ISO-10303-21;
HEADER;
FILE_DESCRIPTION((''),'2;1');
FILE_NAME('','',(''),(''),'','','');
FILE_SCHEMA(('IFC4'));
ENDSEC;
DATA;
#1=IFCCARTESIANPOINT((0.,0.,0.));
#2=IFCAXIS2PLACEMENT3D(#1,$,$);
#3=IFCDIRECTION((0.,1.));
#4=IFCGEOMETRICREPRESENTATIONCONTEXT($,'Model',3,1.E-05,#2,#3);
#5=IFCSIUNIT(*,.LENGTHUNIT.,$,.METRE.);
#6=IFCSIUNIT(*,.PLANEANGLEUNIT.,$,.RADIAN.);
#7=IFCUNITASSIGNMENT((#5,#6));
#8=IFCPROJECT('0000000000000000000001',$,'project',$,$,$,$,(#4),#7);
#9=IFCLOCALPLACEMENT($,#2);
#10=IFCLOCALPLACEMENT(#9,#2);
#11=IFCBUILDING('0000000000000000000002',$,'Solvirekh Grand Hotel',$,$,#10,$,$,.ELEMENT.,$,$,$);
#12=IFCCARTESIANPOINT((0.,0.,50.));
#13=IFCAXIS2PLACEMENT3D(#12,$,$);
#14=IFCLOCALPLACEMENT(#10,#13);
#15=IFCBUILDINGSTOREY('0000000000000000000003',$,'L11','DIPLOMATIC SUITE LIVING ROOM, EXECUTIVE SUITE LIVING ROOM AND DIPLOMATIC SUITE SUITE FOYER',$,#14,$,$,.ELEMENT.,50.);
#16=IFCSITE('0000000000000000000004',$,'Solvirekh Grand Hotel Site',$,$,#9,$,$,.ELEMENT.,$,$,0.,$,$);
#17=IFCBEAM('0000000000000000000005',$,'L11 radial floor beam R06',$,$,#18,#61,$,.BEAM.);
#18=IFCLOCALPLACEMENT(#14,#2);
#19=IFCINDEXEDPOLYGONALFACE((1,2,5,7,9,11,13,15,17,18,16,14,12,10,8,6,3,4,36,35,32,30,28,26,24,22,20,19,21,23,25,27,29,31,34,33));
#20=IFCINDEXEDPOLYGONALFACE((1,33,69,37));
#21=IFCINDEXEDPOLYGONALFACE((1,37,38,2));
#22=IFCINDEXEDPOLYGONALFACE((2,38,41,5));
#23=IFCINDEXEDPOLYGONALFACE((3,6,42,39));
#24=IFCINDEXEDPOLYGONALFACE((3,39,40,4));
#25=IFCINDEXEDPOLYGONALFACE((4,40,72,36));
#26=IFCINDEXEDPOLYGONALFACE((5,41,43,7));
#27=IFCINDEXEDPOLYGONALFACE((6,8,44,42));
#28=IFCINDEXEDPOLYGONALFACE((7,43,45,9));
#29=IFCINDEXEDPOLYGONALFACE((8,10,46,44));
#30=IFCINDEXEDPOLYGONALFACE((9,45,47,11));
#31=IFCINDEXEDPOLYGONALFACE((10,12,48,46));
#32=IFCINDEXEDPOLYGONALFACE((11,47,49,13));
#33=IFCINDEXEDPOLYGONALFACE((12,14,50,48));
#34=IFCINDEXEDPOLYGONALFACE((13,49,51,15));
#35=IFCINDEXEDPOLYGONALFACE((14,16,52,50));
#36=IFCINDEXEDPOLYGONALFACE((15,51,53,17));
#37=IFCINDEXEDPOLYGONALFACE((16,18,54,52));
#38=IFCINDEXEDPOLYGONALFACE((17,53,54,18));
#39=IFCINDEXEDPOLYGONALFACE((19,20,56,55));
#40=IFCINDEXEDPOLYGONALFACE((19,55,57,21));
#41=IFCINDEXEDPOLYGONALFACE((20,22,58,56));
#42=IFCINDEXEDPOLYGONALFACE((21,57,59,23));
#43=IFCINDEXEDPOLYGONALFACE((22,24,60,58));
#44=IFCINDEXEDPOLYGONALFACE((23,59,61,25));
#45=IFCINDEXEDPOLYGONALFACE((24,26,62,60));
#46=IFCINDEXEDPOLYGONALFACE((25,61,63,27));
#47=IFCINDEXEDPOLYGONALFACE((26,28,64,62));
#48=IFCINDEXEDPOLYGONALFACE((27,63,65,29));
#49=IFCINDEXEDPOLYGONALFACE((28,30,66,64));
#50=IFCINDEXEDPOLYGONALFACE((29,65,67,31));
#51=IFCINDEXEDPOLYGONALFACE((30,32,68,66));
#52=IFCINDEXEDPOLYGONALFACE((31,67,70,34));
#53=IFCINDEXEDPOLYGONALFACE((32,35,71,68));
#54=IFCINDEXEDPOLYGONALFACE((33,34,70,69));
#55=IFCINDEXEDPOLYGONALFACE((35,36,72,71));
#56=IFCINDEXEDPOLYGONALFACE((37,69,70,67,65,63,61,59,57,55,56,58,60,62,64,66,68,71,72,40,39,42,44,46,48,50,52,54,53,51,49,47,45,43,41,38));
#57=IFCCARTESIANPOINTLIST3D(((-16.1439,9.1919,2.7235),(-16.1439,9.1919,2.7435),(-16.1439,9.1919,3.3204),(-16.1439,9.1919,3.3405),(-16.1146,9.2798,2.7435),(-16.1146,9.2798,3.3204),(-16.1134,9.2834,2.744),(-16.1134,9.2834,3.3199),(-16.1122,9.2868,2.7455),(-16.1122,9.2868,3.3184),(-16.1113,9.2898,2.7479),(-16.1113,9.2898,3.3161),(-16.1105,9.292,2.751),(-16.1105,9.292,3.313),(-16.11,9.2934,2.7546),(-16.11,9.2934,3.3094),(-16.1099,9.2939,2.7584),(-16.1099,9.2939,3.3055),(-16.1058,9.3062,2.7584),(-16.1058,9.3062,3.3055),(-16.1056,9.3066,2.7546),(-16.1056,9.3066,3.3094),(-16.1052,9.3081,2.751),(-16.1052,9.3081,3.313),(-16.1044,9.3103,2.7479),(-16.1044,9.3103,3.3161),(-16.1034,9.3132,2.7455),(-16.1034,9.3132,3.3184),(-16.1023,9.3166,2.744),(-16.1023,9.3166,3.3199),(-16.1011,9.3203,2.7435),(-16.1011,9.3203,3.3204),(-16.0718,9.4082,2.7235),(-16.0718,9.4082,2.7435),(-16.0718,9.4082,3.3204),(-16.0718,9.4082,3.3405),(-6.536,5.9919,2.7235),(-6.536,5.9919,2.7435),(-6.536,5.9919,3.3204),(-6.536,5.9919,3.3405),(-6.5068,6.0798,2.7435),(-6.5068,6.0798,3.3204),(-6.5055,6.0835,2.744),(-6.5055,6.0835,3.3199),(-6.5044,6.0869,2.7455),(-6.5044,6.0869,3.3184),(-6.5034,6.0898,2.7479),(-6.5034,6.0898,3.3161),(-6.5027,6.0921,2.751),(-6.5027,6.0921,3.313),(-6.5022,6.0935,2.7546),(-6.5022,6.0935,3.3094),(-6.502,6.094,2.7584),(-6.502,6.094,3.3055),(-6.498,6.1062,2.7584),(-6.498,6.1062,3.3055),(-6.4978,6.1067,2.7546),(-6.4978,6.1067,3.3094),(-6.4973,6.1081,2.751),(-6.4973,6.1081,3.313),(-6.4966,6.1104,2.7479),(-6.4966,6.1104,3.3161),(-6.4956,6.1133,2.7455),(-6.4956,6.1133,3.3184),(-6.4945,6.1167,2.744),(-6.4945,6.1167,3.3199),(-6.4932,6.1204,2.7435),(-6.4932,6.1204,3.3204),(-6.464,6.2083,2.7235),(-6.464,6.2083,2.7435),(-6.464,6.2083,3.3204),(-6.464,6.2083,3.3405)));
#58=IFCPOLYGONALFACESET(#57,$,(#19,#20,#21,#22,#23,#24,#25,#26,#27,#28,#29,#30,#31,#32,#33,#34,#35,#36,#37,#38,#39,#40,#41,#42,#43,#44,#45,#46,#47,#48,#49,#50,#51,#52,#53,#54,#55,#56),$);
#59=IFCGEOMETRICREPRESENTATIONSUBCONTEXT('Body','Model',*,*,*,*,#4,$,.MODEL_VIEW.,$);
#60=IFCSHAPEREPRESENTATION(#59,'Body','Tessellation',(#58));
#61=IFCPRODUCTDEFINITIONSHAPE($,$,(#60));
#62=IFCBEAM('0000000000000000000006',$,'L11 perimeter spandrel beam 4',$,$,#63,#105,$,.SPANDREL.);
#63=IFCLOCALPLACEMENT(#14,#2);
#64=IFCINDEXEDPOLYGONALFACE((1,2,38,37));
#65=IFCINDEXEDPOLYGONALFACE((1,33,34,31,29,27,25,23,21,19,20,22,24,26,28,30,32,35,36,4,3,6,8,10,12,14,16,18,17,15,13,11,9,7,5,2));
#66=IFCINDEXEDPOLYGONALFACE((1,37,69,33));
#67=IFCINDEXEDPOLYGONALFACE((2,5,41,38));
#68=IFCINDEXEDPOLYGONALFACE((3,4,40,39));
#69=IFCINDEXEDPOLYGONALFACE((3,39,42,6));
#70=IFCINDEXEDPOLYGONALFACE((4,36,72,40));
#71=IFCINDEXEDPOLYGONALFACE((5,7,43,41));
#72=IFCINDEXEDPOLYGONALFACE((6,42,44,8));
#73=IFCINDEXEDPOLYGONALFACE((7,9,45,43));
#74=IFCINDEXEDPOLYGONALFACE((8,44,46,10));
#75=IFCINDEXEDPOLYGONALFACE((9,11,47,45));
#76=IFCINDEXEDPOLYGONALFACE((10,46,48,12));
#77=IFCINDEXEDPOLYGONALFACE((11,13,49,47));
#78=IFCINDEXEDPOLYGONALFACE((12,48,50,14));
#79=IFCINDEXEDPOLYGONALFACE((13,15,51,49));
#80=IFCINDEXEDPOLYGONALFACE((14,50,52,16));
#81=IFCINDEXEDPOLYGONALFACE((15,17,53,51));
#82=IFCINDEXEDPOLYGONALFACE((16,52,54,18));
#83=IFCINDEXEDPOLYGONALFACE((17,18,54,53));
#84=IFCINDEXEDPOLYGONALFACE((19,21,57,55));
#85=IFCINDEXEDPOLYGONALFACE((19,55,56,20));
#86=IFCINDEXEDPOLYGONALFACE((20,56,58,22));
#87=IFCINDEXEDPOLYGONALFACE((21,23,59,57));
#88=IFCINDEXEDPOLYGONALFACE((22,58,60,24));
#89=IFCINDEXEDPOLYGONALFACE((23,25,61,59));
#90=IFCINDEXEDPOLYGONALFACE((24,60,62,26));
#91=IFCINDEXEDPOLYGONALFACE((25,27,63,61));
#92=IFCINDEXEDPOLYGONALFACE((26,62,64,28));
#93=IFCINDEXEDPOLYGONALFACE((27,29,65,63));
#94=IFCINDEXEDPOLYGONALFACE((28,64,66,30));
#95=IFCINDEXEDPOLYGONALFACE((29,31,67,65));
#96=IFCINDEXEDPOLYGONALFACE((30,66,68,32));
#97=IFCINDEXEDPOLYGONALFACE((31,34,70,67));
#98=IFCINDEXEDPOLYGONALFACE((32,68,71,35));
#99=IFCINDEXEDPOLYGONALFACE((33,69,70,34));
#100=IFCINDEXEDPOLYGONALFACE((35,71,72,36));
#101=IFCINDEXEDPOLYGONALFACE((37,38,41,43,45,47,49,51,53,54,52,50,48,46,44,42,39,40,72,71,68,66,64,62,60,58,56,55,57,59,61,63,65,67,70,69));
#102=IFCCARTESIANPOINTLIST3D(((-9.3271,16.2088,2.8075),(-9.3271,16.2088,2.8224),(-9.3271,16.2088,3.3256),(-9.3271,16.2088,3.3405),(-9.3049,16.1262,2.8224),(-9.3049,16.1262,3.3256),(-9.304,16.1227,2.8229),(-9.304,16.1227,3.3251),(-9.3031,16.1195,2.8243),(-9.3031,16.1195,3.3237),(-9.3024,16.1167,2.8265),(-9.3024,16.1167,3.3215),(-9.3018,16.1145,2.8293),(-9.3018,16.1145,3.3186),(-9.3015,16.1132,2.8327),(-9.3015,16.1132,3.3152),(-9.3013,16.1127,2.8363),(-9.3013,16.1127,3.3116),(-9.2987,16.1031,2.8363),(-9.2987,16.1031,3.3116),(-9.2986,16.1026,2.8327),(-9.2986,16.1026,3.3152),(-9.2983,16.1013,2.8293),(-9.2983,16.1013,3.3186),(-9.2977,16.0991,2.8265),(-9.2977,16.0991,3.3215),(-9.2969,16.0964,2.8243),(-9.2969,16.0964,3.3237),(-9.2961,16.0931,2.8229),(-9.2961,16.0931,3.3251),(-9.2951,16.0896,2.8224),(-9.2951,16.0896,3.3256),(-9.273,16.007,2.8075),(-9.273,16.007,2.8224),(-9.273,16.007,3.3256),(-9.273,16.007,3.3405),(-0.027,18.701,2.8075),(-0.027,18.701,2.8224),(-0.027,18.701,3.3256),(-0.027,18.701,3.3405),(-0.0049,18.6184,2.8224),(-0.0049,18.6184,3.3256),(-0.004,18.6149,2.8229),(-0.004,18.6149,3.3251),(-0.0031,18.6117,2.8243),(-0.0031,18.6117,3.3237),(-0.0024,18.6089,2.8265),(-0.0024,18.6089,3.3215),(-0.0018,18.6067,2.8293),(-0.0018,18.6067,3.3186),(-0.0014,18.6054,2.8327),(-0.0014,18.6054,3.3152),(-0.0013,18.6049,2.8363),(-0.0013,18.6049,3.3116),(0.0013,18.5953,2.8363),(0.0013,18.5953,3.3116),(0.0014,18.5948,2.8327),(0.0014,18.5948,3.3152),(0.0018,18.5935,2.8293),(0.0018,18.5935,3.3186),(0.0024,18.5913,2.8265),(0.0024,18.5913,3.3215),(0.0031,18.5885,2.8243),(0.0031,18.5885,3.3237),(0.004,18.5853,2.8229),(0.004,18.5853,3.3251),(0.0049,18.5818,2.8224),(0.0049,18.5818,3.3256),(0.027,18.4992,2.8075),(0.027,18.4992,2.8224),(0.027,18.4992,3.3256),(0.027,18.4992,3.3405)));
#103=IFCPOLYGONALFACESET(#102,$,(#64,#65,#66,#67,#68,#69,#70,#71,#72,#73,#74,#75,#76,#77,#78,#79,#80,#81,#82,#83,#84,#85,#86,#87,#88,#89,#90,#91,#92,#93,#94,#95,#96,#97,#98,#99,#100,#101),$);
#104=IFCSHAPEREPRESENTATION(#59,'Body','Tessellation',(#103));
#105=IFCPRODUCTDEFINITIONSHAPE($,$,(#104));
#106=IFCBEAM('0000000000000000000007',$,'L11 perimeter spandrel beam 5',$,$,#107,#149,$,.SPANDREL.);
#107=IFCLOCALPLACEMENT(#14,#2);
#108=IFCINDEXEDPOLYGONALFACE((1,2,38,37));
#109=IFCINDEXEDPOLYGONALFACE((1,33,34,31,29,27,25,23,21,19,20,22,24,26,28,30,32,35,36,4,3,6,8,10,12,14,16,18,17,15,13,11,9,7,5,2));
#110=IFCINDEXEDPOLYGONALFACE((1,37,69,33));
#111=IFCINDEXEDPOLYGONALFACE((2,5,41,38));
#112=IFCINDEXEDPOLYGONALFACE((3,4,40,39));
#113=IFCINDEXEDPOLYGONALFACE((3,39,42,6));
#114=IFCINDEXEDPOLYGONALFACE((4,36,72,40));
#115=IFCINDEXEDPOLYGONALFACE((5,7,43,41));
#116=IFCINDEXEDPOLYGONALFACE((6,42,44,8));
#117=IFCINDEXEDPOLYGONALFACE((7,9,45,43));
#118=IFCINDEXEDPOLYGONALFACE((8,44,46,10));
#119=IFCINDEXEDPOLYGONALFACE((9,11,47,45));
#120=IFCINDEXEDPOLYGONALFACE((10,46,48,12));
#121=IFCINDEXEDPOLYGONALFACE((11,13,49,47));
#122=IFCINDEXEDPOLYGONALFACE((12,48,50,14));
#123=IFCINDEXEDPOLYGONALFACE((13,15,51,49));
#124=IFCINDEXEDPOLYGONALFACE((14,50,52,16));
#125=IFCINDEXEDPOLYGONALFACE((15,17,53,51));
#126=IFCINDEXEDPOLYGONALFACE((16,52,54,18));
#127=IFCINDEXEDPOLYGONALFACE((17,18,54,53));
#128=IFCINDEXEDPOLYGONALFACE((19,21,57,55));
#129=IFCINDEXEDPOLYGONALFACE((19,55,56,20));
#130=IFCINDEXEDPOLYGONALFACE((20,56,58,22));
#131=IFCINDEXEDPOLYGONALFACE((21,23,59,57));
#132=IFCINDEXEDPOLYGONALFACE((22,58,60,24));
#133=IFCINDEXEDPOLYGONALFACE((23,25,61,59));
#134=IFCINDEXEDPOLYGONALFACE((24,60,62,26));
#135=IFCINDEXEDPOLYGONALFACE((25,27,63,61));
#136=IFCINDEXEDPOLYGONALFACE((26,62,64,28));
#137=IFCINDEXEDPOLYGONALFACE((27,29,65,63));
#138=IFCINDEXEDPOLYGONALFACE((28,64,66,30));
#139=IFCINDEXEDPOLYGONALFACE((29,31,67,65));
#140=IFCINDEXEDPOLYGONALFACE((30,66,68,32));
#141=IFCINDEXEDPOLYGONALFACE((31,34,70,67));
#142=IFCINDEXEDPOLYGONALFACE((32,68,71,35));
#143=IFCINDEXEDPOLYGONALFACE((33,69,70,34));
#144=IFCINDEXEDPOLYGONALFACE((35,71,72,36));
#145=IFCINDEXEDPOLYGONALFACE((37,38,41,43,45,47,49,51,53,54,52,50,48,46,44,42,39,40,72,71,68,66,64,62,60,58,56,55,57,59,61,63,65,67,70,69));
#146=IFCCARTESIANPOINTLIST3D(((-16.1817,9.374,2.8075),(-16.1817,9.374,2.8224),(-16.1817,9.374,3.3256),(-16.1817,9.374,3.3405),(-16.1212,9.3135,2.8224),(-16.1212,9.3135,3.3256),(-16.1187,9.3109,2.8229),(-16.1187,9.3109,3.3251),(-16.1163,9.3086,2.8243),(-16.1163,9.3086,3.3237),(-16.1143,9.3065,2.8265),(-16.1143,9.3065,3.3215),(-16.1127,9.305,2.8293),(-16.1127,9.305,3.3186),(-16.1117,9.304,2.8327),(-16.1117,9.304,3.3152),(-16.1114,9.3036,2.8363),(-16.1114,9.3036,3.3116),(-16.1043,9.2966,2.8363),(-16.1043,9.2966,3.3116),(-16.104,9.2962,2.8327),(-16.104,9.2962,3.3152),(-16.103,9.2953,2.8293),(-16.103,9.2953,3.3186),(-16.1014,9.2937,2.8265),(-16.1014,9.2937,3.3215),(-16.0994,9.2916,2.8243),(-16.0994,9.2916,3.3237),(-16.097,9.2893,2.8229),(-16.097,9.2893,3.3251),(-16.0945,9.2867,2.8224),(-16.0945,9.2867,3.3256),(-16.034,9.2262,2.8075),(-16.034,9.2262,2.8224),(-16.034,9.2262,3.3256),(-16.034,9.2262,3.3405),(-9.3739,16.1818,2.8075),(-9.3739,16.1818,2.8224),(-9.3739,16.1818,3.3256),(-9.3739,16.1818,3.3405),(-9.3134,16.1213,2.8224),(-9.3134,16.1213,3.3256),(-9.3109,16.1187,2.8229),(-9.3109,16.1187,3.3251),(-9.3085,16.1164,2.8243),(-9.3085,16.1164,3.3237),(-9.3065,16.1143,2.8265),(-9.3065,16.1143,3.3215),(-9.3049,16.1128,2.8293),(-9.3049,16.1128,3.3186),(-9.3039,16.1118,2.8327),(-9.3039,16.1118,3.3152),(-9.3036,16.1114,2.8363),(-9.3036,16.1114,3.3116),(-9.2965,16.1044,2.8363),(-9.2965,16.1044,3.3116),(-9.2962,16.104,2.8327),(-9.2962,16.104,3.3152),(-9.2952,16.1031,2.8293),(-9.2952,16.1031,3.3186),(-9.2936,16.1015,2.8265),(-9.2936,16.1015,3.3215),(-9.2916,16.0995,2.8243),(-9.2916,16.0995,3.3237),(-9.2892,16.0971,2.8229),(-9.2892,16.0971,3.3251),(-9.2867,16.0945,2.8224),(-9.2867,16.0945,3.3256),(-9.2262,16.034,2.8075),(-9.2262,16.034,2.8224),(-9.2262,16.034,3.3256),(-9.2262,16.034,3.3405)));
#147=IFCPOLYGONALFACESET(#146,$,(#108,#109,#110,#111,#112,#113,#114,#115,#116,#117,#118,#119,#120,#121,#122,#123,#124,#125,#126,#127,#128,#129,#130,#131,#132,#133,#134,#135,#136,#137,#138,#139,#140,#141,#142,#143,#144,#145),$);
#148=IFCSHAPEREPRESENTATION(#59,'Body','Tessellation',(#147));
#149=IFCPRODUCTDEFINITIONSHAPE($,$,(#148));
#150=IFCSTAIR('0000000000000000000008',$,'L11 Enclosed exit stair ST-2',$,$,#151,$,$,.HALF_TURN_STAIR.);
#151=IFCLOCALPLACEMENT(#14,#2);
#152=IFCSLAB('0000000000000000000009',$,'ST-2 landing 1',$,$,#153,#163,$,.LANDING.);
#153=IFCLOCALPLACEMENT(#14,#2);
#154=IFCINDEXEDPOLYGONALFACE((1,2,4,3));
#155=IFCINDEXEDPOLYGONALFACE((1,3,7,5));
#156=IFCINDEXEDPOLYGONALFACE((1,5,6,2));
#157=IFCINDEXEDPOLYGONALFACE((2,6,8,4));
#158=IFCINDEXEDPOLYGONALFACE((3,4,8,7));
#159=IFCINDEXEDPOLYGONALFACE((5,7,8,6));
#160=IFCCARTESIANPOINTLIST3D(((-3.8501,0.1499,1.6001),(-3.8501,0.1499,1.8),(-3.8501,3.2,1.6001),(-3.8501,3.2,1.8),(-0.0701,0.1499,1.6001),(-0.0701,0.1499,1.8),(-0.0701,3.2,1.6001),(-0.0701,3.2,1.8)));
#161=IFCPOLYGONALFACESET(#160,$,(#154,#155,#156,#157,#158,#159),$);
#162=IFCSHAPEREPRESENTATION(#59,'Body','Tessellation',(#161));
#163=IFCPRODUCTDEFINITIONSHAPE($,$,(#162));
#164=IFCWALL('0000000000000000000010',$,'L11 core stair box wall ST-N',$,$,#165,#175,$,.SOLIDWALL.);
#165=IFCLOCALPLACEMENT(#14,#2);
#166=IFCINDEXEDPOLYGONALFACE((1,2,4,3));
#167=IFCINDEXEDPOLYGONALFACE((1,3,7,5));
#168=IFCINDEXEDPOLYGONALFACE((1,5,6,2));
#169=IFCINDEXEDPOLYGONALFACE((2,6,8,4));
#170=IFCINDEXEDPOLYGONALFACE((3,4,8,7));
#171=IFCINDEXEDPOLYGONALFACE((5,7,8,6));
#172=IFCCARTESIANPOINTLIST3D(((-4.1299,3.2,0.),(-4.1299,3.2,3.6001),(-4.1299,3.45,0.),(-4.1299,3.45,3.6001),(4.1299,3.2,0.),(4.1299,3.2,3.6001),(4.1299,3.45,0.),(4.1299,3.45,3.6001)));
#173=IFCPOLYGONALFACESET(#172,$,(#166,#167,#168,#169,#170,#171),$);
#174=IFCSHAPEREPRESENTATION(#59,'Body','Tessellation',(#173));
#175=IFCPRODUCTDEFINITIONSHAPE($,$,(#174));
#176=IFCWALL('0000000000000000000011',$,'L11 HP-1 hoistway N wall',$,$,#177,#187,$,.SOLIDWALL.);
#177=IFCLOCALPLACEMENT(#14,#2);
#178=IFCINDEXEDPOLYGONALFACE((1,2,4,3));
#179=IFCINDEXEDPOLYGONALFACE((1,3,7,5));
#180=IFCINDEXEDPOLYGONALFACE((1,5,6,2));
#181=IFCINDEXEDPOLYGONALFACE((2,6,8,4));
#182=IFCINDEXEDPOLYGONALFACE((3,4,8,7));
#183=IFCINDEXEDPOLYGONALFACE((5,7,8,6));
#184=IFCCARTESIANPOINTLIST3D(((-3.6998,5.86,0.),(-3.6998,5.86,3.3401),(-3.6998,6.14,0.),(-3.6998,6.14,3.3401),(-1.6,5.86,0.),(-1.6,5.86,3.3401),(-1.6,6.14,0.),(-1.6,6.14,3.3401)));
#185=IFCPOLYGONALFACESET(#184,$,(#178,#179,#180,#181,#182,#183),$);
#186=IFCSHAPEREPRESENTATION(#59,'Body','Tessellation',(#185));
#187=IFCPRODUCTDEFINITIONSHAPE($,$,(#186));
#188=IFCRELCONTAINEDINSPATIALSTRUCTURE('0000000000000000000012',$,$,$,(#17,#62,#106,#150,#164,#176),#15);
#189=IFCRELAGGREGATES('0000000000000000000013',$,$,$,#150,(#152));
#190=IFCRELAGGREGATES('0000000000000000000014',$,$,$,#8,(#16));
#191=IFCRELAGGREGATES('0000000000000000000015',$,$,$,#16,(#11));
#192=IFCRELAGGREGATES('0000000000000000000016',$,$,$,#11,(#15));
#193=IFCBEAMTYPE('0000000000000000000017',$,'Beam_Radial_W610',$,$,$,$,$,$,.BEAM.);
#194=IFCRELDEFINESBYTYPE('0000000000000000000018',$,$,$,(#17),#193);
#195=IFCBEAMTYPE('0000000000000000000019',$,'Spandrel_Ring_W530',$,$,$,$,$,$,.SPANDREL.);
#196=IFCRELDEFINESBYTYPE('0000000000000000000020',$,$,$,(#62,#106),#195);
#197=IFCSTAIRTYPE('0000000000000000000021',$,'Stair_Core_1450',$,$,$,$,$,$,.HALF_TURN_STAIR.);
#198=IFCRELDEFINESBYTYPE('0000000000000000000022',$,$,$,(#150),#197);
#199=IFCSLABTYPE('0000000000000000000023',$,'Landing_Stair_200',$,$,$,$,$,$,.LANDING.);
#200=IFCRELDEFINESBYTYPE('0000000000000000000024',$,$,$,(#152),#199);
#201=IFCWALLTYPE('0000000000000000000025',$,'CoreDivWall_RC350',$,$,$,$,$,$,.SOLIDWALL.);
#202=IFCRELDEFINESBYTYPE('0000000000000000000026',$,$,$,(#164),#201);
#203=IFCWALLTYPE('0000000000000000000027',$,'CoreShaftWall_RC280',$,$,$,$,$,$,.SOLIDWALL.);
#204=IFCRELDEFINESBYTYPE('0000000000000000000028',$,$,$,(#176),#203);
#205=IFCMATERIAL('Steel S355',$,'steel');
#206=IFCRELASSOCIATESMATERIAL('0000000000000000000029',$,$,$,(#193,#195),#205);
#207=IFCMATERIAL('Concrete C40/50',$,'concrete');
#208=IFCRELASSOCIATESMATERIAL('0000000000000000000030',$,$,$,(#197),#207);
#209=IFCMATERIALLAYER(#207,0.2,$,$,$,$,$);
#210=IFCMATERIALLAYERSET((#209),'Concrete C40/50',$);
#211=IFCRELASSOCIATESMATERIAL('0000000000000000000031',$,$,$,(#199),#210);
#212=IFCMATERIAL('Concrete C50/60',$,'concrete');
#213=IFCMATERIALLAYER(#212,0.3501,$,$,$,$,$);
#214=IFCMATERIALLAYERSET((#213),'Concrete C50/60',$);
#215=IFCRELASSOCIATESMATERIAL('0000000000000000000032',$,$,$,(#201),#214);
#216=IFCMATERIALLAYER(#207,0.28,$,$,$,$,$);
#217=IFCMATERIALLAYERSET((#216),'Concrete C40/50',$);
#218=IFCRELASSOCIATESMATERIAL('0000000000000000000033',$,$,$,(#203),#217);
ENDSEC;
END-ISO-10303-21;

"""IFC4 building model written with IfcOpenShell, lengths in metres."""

from ifc_helpers import new_model, si_unit, direction, frame, frame_2d, origin, origin_2d, place, context, subcontext, project, spatial, polyline, rectangle, i_section, outline, extrude, material, layer, layer_set, material_profile, profile_set, type_object, element, aggregate, save


model = new_model("IFC4")

# Units and contexts
model_context = context("Model", 3, precision=1e-05, world=origin(), true_north=direction((0.0, 1.0)))
body_context = subcontext(model_context, "Body", "Model", "MODEL_VIEW")
ifc_project = project(units=[si_unit("LENGTHUNIT", "METRE"), si_unit("PLANEANGLEUNIT", "RADIAN")], contexts=[model_context])

# Site, building, storey
site_placement = place(None, origin())
site = spatial("IfcSite", under=ifc_project, at=site_placement, Name="Solvirekh Grand Hotel Site", CompositionType="ELEMENT", RefElevation=0.0)
building_placement = place(site_placement, origin())
building = spatial("IfcBuilding", under=site, at=building_placement, Name="Solvirekh Grand Hotel", CompositionType="ELEMENT")
storey_placement = place(building_placement, frame((0.0, 0.0, 50.0)))
storey = spatial("IfcBuildingStorey", under=building, at=storey_placement, Name="L11", Description="DIPLOMATIC SUITE LIVING ROOM, EXECUTIVE SUITE LIVING ROOM AND DIPLOMATIC SUITE SUITE FOYER", CompositionType="ELEMENT", Elevation=50.0)

# Beams
ifc_material_1 = material(Name="Concrete C50/60", Category="concrete")
ifc_material_2 = material(Name="Steel S355", Category="steel")
ifc_material_profile_1 = material_profile(ifc_material_2, i_section(OverallWidth=0.228, OverallDepth=0.6169, WebThickness=0.0129, FlangeThickness=0.02, FilletRadius=0.0149, at=origin_2d()), Name="W610X140")
ifc_profile_set_1 = profile_set([ifc_material_profile_1], Name="Steel S355")
beam_type_1 = type_object("IfcBeamType", Name="Beam_Radial_W610", PredefinedType="BEAM", material=ifc_profile_set_1)
beam_1_placement = place(storey_placement, frame((-6.5, 6.1001, 3.032), z_axis=(-0.948763, 0.315989, 0.0), x_axis=(-0.315989, -0.948763, 0.0)))
element("IfcBeam", 1, at=beam_1_placement, inside=storey, type_object=beam_type_1, Name="L11 radial floor beam R06", PredefinedType="BEAM", context=body_context, shape_type="SweptSolid", body=[
    extrude(i_section(OverallWidth=0.228, OverallDepth=0.6169, WebThickness=0.0129, FlangeThickness=0.02, FilletRadius=0.0149, at=origin_2d()), origin(), (0.0, 0.0, 1.0), 10.1267),
])
ifc_material_profile_2 = material_profile(ifc_material_2, i_section(OverallWidth=0.209, OverallDepth=0.533, WebThickness=0.01, FlangeThickness=0.0149, FilletRadius=0.0139, at=origin_2d()), Name="W530X92")
ifc_profile_set_2 = profile_set([ifc_material_profile_2], Name="Steel S355")
beam_type_2 = type_object("IfcBeamType", Name="Spandrel_Ring_W530", PredefinedType="SPANDREL", material=ifc_profile_set_2)
beam_2_placement = place(storey_placement, frame((0.0, 18.6001, 3.074), z_axis=(-0.965919, -0.258843, 0.0), x_axis=(0.258843, -0.965919, 0.0)))
element("IfcBeam", 2, at=beam_2_placement, inside=storey, type_object=beam_type_2, Name="L11 perimeter spandrel beam 4", PredefinedType="SPANDREL", context=body_context, shape_type="SweptSolid", body=[
    extrude(i_section(OverallWidth=0.209, OverallDepth=0.533, WebThickness=0.01, FlangeThickness=0.0149, FilletRadius=0.0139, at=origin_2d()), origin(), (0.0, 0.0, 1.0), 9.6282),
])
beam_3_placement = place(storey_placement, frame((-9.3, 16.1079, 3.074), z_axis=(-0.707107, -0.707107, 0.0), x_axis=(0.707107, -0.707107, 0.0)))
element("IfcBeam", 3, at=beam_3_placement, inside=storey, type_object=beam_type_2, Name="L11 perimeter spandrel beam 5", PredefinedType="SPANDREL", context=body_context, shape_type="SweptSolid", body=[
    extrude(i_section(OverallWidth=0.209, OverallDepth=0.533, WebThickness=0.01, FlangeThickness=0.0149, FilletRadius=0.0139, at=origin_2d()), origin(), (0.0, 0.0, 1.0), 9.6277),
])

# Stair, slab
ifc_material_3 = material(Name="Concrete C40/50", Category="concrete")
stair_type = type_object("IfcStairType", Name="Stair_Core_1450", PredefinedType="HALF_TURN_STAIR", material=ifc_material_3)
stair_placement = place(storey_placement, origin())
stair = element("IfcStair", 4, at=stair_placement, inside=storey, type_object=stair_type, Name="L11 Enclosed exit stair ST-2", PredefinedType="HALF_TURN_STAIR")
ifc_layer_1 = layer(ifc_material_3, 0.2)
ifc_layer_set_1 = layer_set([ifc_layer_1], Name="Concrete C40/50")
slab_type = type_object("IfcSlabType", Name="Landing_Stair_200", PredefinedType="LANDING", material=ifc_layer_set_1)
slab_placement = place(storey_placement, frame((0.0, 0.0, 1.6001)))
slab = element("IfcSlab", 5, at=slab_placement, type_object=slab_type, Name="ST-2 landing 1", PredefinedType="LANDING", context=body_context, shape_type="SweptSolid", body=[
    extrude(outline(polyline([(-0.0701, 3.2), (-3.8501, 3.2), (-3.8501, 0.1499), (-0.0701, 0.1499), (-0.0701, 3.2)])), origin(), (0.0, 0.0, 1.0), 0.2),
])

# Walls
ifc_layer_2 = layer(ifc_material_1, 0.3501)
ifc_layer_set_2 = layer_set([ifc_layer_2], Name="Concrete C50/60")
wall_type_1 = type_object("IfcWallType", Name="CoreDivWall_RC350", PredefinedType="SOLIDWALL", material=ifc_layer_set_2)
wall_1_placement = place(storey_placement, frame((-4.1299, 3.325, 0.0), z_axis=(0.0, 0.0, 1.0), x_axis=(1.0, 0.0, 0.0)))
element("IfcWall", 6, at=wall_1_placement, inside=storey, type_object=wall_type_1, Name="L11 core stair box wall ST-N", PredefinedType="SOLIDWALL", context=body_context, shape_type="SweptSolid", body=[
    extrude(rectangle(XDim=8.2598, YDim=0.25, at=frame_2d((4.1299, 0.0))), origin(), (0.0, 0.0, 1.0), 3.6001),
])
ifc_layer_3 = layer(ifc_material_3, 0.28)
ifc_layer_set_3 = layer_set([ifc_layer_3], Name="Concrete C40/50")
wall_type_2 = type_object("IfcWallType", Name="CoreShaftWall_RC280", PredefinedType="SOLIDWALL", material=ifc_layer_set_3)
wall_2_placement = place(storey_placement, frame((-1.6001, 6.0, 0.0), z_axis=(0.0, 0.0, 1.0), x_axis=(-1.0, 0.0, 0.0)))
element("IfcWall", 7, at=wall_2_placement, inside=storey, type_object=wall_type_2, Name="L11 HP-1 hoistway N wall", PredefinedType="SOLIDWALL", context=body_context, shape_type="SweptSolid", body=[
    extrude(rectangle(XDim=2.0999, YDim=0.28, at=frame_2d((1.0498, 0.0))), origin(), (0.0, 0.0, 1.0), 3.3401),
])

aggregate(stair, [slab])

save(model, "model.ifc")
